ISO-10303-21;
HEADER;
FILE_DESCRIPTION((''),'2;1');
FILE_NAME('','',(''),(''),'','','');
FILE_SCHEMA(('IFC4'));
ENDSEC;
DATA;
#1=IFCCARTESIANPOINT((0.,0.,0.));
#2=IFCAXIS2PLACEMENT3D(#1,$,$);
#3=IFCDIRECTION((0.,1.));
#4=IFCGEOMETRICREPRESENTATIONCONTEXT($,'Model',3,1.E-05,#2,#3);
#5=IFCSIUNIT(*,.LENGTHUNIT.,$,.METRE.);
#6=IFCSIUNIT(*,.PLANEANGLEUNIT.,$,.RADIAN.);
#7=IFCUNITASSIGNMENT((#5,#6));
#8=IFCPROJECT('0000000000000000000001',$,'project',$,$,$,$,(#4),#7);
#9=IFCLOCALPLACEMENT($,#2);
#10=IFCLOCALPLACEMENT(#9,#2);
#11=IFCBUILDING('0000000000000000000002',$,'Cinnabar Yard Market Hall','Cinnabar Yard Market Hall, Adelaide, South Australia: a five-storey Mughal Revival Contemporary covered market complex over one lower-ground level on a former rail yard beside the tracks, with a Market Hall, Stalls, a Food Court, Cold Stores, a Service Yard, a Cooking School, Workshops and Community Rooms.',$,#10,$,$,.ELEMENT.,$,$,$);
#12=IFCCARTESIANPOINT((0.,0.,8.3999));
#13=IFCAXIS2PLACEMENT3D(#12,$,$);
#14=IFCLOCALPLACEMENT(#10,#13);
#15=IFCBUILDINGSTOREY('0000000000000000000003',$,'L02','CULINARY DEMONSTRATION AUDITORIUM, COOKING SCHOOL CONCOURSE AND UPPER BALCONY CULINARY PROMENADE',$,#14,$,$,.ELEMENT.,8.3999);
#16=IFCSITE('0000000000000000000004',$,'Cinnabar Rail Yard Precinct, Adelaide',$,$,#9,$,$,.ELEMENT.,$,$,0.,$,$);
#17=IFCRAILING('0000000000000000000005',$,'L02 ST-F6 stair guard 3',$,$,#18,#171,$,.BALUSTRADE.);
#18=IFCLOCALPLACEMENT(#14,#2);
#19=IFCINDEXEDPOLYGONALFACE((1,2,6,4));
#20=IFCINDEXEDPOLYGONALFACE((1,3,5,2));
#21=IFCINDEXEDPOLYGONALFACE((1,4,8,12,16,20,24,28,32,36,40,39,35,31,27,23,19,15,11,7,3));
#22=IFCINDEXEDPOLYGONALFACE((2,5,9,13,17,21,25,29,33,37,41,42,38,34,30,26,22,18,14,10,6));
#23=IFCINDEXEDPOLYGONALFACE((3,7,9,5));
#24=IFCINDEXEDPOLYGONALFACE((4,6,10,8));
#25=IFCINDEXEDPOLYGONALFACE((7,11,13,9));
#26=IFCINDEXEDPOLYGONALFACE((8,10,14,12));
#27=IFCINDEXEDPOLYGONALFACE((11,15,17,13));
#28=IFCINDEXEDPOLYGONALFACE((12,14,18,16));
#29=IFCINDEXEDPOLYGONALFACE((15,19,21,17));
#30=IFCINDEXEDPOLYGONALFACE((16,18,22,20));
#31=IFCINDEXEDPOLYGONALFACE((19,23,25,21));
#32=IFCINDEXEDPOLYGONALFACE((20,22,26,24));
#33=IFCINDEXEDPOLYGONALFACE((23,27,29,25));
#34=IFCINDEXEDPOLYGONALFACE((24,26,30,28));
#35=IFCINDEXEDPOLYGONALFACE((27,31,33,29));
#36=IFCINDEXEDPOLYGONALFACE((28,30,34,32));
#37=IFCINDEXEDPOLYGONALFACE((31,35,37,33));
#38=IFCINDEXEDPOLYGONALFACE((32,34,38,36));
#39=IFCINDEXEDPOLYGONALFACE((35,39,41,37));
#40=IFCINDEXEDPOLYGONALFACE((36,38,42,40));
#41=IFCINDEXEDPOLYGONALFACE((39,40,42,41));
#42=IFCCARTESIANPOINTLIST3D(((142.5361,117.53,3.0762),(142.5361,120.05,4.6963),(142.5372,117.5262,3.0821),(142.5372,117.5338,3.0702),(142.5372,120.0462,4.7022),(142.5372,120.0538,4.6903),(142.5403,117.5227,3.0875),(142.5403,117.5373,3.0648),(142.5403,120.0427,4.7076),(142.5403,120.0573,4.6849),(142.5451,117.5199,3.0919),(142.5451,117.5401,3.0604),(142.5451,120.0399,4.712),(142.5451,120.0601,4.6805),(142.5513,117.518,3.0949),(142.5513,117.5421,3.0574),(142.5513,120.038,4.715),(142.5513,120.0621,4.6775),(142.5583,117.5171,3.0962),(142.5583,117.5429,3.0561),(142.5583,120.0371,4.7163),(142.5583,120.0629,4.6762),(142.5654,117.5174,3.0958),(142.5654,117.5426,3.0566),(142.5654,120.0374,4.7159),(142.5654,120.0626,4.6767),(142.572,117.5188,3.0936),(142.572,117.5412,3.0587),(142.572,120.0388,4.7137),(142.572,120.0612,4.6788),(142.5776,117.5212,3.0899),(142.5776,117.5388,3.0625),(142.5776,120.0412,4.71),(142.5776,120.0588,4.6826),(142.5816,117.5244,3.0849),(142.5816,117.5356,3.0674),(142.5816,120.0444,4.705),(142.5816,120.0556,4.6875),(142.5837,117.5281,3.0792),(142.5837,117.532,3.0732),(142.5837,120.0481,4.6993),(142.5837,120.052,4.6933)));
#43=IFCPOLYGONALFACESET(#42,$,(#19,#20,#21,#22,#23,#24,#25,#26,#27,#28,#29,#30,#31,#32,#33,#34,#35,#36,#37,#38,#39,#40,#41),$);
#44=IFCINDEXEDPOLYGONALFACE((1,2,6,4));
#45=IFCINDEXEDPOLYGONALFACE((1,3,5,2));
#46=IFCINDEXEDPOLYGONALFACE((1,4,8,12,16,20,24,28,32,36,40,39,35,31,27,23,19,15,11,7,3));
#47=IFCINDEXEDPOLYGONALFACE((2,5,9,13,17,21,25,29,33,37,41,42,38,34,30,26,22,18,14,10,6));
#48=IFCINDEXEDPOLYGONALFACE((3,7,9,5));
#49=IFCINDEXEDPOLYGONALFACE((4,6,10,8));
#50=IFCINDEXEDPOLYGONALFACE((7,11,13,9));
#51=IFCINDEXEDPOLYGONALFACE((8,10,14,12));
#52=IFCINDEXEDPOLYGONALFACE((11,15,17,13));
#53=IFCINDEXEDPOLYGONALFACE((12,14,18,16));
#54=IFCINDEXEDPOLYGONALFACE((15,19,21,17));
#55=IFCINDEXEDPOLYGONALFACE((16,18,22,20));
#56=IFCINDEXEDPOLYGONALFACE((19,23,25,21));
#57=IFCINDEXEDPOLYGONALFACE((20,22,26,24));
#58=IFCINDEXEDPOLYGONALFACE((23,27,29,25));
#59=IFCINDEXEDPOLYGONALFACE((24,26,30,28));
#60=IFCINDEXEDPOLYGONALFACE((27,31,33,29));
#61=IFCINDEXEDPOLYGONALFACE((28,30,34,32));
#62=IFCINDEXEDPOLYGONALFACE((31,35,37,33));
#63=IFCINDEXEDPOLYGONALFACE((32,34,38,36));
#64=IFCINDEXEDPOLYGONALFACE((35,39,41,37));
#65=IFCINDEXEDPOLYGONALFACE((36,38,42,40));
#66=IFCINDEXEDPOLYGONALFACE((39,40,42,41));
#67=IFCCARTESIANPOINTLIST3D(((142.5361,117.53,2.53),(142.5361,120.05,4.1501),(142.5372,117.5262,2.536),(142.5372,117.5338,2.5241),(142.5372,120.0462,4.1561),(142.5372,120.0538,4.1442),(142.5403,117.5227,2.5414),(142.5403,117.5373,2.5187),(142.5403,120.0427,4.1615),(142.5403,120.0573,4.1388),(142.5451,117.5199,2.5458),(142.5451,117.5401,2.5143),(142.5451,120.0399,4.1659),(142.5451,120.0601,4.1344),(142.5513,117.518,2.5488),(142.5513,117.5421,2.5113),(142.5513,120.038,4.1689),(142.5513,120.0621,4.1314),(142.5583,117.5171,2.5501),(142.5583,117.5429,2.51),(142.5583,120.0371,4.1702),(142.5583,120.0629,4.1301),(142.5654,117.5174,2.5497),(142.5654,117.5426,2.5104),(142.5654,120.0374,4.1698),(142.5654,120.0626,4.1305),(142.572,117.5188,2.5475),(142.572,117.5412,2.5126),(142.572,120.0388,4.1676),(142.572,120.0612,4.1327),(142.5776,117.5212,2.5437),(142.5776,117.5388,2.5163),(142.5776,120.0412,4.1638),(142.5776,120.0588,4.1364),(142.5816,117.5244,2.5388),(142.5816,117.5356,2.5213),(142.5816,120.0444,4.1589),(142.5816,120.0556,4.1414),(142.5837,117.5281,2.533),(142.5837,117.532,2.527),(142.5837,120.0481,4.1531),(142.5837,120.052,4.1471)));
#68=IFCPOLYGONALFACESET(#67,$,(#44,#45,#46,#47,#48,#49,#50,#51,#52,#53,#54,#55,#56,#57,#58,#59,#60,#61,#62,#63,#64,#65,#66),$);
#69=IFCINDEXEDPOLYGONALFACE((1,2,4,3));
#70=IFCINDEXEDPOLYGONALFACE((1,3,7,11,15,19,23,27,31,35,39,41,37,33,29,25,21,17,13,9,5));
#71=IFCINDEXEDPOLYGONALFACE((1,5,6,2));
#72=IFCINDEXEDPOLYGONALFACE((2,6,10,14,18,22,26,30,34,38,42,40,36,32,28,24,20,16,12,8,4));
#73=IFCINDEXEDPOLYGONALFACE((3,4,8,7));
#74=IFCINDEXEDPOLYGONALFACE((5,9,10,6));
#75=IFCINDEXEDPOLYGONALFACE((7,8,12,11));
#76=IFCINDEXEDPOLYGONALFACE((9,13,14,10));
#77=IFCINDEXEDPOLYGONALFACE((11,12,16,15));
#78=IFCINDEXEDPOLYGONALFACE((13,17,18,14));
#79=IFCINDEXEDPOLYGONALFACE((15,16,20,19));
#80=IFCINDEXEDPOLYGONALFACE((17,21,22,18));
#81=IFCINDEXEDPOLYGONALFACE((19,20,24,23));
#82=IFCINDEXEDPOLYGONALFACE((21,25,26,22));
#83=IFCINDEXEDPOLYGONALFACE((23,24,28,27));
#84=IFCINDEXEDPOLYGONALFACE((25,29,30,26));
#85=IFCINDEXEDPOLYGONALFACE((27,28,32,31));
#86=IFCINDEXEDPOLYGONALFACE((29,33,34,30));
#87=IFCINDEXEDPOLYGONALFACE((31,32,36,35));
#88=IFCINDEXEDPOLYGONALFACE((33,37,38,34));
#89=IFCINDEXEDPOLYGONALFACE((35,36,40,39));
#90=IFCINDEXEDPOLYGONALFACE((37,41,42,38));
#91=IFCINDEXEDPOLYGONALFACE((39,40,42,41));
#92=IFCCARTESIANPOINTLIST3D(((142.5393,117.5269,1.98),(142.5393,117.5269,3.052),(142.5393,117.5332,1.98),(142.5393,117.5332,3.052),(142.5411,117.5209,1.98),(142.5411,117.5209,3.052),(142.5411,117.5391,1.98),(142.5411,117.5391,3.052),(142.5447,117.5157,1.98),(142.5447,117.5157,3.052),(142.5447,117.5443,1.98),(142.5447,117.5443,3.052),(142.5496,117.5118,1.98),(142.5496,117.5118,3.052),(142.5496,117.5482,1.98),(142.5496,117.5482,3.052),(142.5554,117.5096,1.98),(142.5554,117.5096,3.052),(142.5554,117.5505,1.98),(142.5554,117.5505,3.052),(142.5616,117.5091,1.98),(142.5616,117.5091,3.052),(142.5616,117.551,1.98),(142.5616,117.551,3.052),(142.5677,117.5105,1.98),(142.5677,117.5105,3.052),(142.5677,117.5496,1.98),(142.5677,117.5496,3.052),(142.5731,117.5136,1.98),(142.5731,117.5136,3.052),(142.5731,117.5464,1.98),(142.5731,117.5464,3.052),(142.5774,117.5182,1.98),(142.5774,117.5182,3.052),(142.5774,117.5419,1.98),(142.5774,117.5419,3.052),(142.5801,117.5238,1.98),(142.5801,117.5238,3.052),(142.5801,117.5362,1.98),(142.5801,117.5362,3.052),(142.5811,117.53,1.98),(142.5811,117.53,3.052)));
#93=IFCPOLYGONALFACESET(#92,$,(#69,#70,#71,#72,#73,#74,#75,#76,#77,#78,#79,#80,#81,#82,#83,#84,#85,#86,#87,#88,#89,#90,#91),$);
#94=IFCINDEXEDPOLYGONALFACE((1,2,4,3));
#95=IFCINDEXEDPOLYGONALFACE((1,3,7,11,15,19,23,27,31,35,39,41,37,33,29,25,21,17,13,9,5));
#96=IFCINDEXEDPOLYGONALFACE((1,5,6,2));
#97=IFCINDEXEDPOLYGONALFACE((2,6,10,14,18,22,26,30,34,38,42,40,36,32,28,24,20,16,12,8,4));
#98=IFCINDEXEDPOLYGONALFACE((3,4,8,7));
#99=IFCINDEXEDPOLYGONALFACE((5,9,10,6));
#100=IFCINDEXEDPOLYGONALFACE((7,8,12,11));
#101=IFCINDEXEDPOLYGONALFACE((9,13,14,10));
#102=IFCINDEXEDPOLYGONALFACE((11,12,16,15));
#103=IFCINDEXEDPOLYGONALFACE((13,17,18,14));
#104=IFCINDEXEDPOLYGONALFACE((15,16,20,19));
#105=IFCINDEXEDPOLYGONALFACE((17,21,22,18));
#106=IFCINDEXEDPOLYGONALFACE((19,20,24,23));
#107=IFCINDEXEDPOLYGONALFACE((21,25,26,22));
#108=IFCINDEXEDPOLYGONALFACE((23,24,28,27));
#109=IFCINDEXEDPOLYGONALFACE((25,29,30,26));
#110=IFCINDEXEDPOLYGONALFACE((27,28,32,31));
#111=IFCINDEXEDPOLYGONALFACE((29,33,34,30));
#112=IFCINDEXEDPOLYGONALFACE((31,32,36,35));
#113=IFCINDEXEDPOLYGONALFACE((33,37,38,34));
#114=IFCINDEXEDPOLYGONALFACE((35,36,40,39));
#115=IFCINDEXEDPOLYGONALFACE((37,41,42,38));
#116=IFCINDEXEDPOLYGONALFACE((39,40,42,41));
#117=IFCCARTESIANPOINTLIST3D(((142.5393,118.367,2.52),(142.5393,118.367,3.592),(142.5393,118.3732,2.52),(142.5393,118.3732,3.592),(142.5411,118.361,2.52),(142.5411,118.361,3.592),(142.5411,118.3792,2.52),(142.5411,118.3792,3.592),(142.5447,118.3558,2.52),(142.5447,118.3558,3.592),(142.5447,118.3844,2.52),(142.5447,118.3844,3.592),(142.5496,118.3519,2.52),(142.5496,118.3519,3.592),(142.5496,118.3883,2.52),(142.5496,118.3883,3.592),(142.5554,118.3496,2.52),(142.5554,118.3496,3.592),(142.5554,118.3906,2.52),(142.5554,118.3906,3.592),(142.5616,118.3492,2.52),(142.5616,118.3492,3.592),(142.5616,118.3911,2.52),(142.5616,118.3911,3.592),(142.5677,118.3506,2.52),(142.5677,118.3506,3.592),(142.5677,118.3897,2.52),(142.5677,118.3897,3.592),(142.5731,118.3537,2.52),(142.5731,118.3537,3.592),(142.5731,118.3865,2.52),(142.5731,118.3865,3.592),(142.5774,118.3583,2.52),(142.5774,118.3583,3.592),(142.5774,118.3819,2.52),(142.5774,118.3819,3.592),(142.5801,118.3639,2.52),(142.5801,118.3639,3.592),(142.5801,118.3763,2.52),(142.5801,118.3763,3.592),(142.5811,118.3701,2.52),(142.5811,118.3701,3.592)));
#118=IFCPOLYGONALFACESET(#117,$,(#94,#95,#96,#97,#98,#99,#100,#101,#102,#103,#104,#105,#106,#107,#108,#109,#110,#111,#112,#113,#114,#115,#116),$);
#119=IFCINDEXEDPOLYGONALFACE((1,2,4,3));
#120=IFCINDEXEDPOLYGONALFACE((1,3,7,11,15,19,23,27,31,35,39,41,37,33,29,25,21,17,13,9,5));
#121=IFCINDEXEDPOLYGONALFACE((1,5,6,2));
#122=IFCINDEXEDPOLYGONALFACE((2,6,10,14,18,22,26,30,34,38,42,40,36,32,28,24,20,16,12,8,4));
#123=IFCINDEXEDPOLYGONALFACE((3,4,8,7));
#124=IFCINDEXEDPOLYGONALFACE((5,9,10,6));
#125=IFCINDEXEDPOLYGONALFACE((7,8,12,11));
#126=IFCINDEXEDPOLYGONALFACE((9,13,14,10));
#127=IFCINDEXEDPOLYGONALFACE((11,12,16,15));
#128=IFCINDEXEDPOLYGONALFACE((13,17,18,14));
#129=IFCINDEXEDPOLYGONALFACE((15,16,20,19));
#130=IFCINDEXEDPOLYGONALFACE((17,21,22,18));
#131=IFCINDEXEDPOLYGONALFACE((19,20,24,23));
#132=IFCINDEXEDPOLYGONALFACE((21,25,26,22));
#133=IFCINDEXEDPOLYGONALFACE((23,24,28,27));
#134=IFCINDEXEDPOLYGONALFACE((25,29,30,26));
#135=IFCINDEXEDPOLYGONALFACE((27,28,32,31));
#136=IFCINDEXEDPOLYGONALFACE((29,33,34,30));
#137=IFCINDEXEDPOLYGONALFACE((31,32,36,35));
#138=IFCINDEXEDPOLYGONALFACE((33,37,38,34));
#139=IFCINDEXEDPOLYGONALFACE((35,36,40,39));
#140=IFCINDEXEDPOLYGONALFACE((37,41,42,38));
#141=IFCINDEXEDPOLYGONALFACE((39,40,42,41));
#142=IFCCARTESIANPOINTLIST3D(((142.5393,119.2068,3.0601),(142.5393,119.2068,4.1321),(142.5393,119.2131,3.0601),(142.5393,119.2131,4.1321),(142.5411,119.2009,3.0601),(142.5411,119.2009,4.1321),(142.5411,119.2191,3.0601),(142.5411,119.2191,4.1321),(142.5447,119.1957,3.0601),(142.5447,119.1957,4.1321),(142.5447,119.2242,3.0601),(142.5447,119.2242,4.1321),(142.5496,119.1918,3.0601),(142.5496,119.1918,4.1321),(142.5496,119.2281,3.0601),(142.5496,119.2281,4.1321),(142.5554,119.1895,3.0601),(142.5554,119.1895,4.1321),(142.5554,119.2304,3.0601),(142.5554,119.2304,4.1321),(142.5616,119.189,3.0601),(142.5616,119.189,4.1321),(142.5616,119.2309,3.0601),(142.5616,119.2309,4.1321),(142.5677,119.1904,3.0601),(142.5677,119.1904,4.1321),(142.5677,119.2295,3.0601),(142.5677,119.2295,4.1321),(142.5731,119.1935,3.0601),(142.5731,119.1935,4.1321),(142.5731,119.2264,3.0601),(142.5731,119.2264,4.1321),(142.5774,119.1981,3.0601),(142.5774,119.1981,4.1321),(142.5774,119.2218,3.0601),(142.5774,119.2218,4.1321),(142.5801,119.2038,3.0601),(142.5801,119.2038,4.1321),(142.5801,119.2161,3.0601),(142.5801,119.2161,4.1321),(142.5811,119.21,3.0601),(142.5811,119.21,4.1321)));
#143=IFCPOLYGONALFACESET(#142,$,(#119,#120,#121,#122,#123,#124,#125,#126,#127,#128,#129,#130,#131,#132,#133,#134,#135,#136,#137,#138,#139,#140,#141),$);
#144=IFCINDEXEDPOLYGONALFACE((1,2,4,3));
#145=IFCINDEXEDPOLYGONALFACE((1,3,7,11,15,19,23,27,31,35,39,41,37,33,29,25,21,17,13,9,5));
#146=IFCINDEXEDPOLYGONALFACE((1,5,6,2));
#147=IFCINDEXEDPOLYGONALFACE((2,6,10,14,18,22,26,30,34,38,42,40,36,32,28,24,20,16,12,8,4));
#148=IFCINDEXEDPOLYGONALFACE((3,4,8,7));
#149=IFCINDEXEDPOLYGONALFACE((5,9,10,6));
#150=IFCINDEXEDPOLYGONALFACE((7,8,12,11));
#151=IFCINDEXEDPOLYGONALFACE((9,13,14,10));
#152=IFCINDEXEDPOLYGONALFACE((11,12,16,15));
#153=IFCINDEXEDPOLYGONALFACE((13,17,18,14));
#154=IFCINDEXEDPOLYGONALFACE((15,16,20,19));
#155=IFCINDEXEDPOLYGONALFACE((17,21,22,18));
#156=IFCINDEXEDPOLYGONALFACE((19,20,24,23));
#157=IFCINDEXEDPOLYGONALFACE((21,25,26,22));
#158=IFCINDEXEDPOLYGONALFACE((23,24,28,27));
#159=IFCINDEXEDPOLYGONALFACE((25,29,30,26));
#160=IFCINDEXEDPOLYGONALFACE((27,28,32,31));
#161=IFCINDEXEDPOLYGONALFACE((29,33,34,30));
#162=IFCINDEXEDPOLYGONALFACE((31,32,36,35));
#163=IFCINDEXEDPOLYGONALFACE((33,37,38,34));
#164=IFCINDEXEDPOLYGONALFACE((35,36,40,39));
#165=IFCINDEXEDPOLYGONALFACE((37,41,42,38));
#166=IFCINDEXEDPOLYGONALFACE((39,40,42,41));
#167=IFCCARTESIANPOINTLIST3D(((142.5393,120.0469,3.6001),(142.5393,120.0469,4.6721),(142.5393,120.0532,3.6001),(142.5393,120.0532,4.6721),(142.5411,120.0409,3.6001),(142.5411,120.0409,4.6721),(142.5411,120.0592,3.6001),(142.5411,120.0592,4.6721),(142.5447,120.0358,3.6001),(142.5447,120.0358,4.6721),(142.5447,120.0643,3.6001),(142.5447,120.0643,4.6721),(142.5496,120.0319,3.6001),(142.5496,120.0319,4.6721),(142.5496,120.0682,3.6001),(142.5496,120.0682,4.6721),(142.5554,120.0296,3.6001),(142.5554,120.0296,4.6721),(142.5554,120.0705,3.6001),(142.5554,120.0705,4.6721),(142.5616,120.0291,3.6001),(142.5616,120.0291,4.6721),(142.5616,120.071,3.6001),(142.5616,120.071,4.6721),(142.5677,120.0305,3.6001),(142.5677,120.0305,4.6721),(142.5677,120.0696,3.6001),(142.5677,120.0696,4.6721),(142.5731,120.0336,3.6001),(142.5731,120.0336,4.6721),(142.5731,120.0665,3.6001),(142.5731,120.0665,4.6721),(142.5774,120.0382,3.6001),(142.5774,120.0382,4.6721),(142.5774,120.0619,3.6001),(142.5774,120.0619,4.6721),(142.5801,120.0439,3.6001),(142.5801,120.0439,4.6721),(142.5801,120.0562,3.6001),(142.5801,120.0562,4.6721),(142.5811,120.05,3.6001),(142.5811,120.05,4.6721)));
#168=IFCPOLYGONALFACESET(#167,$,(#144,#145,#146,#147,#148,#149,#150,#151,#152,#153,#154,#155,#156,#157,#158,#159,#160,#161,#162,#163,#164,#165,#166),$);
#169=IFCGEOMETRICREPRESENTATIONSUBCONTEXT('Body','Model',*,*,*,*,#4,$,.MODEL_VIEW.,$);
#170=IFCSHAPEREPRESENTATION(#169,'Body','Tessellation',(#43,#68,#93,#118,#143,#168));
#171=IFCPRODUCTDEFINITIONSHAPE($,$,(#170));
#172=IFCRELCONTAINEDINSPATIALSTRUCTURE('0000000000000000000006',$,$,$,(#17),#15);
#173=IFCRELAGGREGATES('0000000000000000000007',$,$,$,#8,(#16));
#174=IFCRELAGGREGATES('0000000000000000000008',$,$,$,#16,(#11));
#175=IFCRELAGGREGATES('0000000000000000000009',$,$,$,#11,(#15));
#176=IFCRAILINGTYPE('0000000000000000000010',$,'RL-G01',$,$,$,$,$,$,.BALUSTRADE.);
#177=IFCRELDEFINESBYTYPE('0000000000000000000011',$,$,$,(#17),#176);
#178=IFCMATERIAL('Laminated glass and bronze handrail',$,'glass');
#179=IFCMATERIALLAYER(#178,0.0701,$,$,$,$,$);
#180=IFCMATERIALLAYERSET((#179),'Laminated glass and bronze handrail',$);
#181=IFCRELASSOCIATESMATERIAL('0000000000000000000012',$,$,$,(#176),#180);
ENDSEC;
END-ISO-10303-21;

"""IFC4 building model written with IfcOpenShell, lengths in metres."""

from ifc_helpers import new_model, si_unit, direction, frame, origin, origin_2d_with_axis, place, context, subcontext, project, spatial, circle, extrude, material, layer, layer_set, type_object, element, save


model = new_model("IFC4")

# Units and contexts
model_context = context("Model", 3, precision=1e-05, world=origin(), true_north=direction((0.0, 1.0)))
body_context = subcontext(model_context, "Body", "Model", "MODEL_VIEW")
ifc_project = project(units=[si_unit("LENGTHUNIT", "METRE"), si_unit("PLANEANGLEUNIT", "RADIAN")], contexts=[model_context])

# Site, building, storey
site_placement = place(None, origin())
site = spatial("IfcSite", under=ifc_project, at=site_placement, Name="Cinnabar Rail Yard Precinct, Adelaide", CompositionType="ELEMENT", RefElevation=0.0)
building_placement = place(site_placement, origin())
building = spatial("IfcBuilding", under=site, at=building_placement, Name="Cinnabar Yard Market Hall", Description="Cinnabar Yard Market Hall, Adelaide, South Australia: a five-storey Mughal Revival Contemporary covered market complex over one lower-ground level on a former rail yard beside the tracks, with a Market Hall, Stalls, a Food Court, Cold Stores, a Service Yard, a Cooking School, Workshops and Community Rooms.", CompositionType="ELEMENT")
storey_placement = place(building_placement, frame((0.0, 0.0, 8.3999)))
storey = spatial("IfcBuildingStorey", under=building, at=storey_placement, Name="L02", Description="CULINARY DEMONSTRATION AUDITORIUM, COOKING SCHOOL CONCOURSE AND UPPER BALCONY CULINARY PROMENADE", CompositionType="ELEMENT", Elevation=8.3999)

# Railing
ifc_material_1 = material(Name="Laminated glass and bronze handrail", Category="glass")
ifc_layer_1 = layer(ifc_material_1, 0.0701)
ifc_layer_set_1 = layer_set([ifc_layer_1], Name="Laminated glass and bronze handrail")
railing_type_1 = type_object("IfcRailingType", Name="RL-G01", PredefinedType="BALUSTRADE", material=ifc_layer_set_1)
railing_1_placement = place(storey_placement, frame((142.5601, 117.53, 1.98)))
element("IfcRailing", 1, at=railing_1_placement, inside=storey, type_object=railing_type_1, Name="L02 ST-F6 stair guard 3", PredefinedType="BALUSTRADE", context=body_context, shape_type="SweptSolid", body=[
    extrude(circle(Radius=0.0239, at=origin_2d_with_axis()), frame((0.0, 0.0, 1.0962), z_axis=(0.0, 0.841163, 0.540782), x_axis=(-1.0, 0.0, 0.0)), (0.0, 0.0, 1.0), 2.9958),
    extrude(circle(Radius=0.0239, at=origin_2d_with_axis()), frame((0.0, 0.0, 0.55), z_axis=(0.0, 0.841163, 0.540782), x_axis=(-1.0, 0.0, 0.0)), (0.0, 0.0, 1.0), 2.9958),
    extrude(circle(Radius=0.021, at=origin_2d_with_axis()), origin(), (0.0, 0.0, 1.0), 1.072),
    extrude(circle(Radius=0.021, at=origin_2d_with_axis()), frame((0.0, 0.8401, 0.54)), (0.0, 0.0, 1.0), 1.072),
    extrude(circle(Radius=0.021, at=origin_2d_with_axis()), frame((0.0, 1.6799, 1.0801)), (0.0, 0.0, 1.0), 1.072),
    extrude(circle(Radius=0.021, at=origin_2d_with_axis()), frame((0.0, 2.52, 1.6201)), (0.0, 0.0, 1.0), 1.072),
])

save(model, "model.ifc")
